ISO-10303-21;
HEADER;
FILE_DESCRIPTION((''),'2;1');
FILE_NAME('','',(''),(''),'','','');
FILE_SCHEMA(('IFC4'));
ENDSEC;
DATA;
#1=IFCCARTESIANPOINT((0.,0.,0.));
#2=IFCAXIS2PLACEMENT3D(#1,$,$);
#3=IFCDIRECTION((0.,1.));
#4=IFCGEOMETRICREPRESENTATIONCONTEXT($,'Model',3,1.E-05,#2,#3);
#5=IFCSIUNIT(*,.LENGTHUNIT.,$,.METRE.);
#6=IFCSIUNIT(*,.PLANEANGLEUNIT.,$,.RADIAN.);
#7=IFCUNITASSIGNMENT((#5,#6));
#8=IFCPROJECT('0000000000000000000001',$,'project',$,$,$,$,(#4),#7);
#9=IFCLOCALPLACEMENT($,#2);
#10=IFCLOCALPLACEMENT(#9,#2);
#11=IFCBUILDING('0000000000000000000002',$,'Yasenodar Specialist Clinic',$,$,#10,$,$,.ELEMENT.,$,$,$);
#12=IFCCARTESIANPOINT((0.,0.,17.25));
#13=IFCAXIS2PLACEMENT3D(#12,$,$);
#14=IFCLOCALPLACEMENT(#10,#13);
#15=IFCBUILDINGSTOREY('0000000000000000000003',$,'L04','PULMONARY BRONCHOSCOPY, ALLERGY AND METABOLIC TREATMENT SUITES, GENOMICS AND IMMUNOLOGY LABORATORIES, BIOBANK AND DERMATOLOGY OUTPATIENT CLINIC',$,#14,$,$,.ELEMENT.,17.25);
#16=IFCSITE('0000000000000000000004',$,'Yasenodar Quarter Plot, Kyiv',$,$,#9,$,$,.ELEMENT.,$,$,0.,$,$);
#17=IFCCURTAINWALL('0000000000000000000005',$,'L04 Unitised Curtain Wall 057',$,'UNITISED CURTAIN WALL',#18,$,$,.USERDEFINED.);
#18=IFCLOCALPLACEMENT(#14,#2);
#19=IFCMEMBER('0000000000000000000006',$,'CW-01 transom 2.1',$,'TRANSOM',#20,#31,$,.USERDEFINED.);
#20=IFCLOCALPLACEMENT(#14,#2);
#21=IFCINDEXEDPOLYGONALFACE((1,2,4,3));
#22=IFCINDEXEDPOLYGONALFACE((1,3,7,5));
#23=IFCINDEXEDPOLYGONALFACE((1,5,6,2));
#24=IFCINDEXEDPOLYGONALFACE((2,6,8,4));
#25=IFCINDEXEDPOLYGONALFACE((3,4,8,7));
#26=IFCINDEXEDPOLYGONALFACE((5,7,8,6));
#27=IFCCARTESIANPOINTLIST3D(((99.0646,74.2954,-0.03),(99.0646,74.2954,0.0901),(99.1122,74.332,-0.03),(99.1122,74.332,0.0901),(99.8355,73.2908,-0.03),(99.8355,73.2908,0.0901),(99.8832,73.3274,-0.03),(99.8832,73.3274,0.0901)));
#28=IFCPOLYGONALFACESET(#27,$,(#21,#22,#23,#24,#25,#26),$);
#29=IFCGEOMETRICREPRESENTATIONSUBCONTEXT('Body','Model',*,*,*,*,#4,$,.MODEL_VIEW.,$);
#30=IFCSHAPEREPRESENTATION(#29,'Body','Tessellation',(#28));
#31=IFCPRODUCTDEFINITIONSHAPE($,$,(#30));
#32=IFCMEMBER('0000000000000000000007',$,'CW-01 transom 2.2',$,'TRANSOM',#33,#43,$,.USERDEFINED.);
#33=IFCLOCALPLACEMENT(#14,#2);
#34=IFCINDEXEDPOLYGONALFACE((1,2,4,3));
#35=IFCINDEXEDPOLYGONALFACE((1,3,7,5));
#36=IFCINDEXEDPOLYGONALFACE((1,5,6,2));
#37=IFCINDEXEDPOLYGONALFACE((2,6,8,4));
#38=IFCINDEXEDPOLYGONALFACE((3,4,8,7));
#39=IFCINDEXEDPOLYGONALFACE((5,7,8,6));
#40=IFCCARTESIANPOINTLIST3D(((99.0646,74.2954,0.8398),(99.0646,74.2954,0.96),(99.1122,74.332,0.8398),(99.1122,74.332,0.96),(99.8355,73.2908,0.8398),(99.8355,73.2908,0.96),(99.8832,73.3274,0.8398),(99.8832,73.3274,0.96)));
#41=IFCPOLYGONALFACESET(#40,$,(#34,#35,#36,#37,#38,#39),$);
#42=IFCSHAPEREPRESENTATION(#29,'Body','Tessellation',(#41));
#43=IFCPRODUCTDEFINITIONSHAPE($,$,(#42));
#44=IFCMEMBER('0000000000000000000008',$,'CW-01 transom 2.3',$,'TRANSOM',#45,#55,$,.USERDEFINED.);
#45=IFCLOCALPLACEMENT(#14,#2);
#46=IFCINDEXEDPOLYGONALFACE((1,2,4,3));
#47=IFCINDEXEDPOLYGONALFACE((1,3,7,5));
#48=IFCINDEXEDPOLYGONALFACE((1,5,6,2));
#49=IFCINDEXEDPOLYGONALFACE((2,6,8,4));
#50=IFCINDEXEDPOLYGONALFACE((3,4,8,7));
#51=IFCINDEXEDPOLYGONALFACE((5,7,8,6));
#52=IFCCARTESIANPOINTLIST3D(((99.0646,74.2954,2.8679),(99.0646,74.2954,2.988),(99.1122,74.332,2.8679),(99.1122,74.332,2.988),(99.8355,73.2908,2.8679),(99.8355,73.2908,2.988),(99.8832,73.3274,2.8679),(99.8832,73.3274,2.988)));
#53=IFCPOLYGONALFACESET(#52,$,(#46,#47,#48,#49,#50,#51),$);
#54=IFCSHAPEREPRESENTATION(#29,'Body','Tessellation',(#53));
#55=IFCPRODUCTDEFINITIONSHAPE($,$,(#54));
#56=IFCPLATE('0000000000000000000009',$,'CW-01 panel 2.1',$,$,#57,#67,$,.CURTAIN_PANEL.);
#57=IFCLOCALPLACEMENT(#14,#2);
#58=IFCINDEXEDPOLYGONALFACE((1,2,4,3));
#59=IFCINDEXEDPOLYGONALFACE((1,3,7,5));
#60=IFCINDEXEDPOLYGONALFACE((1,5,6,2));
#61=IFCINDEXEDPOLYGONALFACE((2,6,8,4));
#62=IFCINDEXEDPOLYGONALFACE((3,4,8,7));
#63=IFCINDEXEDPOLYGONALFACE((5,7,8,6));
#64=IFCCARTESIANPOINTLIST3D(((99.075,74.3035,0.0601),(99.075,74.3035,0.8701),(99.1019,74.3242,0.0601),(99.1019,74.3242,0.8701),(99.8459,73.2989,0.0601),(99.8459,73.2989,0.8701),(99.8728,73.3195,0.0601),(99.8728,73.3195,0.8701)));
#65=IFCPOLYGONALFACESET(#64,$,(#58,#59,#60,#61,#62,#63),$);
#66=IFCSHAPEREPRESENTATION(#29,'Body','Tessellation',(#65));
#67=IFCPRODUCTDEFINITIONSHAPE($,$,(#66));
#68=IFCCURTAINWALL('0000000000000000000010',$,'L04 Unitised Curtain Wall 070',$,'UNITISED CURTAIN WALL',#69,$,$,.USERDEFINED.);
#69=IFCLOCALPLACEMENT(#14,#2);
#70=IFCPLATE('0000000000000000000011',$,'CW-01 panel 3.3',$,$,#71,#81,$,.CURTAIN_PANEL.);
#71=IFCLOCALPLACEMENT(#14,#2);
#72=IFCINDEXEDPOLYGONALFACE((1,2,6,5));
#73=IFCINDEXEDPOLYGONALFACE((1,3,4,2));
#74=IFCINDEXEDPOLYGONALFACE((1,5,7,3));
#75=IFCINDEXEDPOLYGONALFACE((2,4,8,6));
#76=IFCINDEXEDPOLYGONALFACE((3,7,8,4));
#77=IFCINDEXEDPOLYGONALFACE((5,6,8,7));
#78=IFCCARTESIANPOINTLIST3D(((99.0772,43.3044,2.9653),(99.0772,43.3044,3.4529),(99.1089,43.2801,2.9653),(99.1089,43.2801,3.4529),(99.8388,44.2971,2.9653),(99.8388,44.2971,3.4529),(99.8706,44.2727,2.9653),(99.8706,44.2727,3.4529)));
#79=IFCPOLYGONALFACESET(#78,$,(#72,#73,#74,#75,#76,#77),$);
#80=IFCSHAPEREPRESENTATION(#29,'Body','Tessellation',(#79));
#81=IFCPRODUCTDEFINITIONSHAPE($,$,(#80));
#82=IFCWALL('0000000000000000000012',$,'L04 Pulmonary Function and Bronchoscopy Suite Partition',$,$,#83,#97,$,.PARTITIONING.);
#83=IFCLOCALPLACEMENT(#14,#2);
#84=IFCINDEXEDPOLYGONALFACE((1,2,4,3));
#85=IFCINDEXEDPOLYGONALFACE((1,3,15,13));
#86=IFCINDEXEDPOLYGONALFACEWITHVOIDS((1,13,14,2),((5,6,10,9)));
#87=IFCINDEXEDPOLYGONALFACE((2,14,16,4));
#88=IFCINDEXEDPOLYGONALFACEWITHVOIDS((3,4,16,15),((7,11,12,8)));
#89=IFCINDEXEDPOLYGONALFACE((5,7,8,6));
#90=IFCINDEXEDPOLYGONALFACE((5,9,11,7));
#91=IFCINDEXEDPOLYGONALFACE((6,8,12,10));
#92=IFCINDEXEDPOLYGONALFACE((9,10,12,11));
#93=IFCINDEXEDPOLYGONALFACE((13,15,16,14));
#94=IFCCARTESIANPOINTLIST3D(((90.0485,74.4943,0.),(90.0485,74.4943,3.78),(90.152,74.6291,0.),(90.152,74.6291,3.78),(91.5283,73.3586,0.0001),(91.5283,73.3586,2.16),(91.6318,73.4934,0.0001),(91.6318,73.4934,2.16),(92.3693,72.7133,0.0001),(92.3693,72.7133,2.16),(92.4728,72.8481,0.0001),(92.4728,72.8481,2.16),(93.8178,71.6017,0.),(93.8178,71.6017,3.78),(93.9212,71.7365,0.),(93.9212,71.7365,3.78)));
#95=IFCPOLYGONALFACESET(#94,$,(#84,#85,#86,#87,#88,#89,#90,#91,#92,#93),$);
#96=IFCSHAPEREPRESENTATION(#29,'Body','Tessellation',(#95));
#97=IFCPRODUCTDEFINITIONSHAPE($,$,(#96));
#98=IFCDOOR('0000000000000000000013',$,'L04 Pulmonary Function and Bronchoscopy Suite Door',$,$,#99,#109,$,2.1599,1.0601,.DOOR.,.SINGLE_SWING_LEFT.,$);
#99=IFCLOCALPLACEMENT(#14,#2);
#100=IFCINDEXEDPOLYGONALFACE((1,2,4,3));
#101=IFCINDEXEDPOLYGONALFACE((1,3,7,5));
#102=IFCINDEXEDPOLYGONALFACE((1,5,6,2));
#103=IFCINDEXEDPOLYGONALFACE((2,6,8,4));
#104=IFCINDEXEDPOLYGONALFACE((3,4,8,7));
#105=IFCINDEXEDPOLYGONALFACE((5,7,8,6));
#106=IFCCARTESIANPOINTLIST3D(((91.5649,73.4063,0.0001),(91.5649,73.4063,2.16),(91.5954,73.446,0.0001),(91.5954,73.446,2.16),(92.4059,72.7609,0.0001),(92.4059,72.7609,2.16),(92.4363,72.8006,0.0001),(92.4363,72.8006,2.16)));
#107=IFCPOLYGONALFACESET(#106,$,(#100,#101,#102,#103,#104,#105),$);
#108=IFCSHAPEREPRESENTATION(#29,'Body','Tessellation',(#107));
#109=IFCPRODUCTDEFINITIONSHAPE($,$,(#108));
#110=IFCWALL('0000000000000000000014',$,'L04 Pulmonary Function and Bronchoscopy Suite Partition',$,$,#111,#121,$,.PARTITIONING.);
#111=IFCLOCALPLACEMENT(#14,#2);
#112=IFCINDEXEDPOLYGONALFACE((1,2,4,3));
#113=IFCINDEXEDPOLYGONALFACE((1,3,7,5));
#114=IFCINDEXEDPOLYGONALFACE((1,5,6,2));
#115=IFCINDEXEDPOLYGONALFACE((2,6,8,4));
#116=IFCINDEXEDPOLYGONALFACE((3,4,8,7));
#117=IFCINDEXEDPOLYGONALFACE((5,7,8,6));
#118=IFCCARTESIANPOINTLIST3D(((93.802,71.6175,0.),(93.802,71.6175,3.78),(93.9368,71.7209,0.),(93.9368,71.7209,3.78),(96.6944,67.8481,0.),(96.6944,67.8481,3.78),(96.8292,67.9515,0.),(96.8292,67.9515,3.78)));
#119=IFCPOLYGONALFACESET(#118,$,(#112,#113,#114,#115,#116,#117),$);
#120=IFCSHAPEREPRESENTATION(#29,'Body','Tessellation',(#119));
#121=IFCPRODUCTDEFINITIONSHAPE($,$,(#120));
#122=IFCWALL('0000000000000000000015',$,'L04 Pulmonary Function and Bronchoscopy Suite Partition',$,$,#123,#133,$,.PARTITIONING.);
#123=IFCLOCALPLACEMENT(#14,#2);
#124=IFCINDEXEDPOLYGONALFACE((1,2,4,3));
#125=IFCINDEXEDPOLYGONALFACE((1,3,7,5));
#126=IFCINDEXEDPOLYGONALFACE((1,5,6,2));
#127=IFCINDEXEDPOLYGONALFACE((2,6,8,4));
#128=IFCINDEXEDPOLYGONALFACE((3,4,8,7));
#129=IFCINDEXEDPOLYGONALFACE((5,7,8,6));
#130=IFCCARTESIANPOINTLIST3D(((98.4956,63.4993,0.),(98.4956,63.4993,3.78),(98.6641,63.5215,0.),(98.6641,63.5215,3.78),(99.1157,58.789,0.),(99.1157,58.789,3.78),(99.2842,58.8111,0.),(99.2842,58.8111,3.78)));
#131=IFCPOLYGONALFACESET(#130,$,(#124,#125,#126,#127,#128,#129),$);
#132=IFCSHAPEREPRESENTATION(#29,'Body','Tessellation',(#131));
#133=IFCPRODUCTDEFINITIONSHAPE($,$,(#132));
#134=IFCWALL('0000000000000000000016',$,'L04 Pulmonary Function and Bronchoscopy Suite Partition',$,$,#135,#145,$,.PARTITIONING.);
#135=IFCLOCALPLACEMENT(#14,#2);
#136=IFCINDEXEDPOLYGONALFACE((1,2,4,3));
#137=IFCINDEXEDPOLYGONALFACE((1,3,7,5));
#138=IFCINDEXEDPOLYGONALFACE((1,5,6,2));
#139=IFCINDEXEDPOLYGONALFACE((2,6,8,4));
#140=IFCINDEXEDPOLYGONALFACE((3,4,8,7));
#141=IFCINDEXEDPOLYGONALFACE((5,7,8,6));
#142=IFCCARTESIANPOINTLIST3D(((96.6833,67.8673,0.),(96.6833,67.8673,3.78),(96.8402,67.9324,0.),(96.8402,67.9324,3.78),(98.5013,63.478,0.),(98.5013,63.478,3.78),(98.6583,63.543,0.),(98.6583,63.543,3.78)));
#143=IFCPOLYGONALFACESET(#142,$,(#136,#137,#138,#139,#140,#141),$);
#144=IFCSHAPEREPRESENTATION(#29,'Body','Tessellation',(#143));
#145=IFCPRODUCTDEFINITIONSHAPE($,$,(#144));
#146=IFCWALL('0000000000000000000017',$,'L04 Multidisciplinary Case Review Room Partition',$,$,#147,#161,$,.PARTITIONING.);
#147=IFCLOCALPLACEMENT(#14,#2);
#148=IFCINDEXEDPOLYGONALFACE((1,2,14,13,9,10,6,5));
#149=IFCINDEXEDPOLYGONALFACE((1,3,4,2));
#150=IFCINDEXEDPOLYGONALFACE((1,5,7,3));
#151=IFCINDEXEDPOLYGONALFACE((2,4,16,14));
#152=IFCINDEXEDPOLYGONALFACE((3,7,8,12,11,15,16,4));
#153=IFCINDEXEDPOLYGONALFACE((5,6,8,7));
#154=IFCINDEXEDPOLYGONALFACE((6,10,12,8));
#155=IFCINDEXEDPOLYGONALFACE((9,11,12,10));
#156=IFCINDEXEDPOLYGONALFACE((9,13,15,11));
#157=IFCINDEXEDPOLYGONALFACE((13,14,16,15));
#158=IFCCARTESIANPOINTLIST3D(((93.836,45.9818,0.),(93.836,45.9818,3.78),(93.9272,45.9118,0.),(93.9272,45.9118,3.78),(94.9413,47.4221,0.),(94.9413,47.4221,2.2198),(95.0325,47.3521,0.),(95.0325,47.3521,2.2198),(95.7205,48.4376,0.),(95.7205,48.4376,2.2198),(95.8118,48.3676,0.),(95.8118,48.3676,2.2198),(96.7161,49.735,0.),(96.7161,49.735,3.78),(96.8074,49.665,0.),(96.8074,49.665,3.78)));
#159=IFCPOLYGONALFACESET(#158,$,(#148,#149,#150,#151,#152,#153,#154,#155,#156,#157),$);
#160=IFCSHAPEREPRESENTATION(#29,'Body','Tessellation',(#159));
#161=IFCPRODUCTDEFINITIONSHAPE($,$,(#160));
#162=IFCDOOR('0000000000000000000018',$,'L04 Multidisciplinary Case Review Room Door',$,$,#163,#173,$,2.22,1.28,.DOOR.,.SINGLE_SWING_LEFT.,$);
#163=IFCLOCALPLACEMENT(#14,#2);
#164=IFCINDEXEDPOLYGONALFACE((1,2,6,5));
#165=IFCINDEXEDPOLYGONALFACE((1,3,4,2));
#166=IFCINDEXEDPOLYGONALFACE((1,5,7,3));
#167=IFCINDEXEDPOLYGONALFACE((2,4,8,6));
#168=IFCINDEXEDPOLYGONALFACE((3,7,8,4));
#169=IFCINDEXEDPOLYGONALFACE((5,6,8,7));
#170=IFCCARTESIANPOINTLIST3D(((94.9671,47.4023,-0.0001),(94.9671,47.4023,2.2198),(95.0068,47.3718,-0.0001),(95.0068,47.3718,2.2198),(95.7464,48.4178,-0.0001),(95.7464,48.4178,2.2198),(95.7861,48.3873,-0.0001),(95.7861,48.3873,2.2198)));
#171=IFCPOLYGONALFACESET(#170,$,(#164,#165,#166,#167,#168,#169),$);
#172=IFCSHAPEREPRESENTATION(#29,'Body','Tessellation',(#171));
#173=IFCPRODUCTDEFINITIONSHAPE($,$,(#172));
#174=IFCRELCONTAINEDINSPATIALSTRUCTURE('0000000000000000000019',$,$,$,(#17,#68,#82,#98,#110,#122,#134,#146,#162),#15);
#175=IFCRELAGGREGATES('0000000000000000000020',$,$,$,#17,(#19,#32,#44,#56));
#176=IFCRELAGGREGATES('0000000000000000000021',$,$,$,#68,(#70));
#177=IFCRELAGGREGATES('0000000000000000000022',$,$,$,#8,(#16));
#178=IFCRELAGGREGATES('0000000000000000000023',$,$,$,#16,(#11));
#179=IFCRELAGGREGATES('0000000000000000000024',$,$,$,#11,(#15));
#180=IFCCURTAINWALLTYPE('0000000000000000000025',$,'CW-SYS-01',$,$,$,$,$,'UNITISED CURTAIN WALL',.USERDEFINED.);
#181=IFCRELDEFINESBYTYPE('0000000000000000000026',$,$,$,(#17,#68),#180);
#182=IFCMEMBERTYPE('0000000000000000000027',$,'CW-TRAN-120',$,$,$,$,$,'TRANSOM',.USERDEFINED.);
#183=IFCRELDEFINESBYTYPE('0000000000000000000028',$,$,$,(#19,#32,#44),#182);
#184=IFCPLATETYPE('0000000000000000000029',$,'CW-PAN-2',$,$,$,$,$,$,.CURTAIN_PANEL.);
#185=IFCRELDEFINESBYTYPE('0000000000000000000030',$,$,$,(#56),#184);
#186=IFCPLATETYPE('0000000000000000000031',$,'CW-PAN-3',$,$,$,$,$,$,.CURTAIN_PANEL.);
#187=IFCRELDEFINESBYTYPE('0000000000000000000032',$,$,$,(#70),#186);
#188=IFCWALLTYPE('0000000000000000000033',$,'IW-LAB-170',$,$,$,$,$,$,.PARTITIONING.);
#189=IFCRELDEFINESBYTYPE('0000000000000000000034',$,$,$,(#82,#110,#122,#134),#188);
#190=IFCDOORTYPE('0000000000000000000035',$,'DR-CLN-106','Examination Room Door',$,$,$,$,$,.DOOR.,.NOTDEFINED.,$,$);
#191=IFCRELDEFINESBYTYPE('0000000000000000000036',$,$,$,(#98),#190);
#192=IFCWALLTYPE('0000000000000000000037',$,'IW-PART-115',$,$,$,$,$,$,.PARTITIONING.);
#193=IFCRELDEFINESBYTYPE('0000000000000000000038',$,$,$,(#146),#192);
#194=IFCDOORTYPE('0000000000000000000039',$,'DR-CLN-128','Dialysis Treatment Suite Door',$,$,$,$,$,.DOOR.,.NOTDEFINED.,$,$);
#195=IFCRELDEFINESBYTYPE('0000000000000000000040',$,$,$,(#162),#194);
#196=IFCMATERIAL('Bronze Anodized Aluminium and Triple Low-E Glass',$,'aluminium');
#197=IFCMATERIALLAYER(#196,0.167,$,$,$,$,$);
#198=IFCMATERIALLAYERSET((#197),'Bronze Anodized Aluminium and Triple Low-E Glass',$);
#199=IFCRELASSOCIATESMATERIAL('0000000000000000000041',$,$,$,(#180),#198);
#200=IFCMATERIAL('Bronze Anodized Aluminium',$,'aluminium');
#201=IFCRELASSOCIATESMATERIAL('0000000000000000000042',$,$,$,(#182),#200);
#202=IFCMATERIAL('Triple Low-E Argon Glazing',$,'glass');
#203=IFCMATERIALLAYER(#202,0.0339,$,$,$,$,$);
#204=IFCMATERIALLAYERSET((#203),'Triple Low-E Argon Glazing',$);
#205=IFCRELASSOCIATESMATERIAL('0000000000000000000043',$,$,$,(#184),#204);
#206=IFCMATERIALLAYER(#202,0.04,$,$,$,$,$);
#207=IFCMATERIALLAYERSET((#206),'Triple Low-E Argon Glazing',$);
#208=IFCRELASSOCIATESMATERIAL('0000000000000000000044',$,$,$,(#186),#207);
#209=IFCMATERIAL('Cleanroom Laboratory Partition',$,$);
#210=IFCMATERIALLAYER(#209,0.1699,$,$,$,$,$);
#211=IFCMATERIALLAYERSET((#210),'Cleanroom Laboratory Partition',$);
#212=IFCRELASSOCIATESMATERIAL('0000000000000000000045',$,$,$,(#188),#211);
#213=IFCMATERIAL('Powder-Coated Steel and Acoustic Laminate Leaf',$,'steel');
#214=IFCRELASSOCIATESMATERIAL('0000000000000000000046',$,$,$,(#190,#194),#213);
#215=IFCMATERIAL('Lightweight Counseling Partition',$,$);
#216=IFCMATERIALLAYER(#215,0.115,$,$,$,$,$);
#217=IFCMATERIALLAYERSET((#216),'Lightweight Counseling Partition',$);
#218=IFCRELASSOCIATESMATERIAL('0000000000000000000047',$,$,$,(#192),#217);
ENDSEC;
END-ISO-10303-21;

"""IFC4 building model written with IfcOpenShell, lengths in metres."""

from ifc_helpers import new_model, si_unit, direction, frame, frame_2d, origin, origin_2d, place, context, subcontext, project, spatial, rectangle, extrude, material, layer, layer_set, material_profile, profile_set, type_object, element, fill, aggregate, save


model = new_model("IFC4")

# Units and contexts
model_context = context("Model", 3, precision=1e-05, world=origin(), true_north=direction((0.0, 1.0)))
body_context = subcontext(model_context, "Body", "Model", "MODEL_VIEW")
ifc_project = project(units=[si_unit("LENGTHUNIT", "METRE"), si_unit("PLANEANGLEUNIT", "RADIAN")], contexts=[model_context])

# Site, building, storey
site_placement = place(None, origin())
site = spatial("IfcSite", under=ifc_project, at=site_placement, Name="Yasenodar Quarter Plot, Kyiv", CompositionType="ELEMENT", RefElevation=0.0)
building_placement = place(site_placement, origin())
building = spatial("IfcBuilding", under=site, at=building_placement, Name="Yasenodar Specialist Clinic", CompositionType="ELEMENT")
storey_placement = place(building_placement, frame((0.0, 0.0, 17.25)))
storey = spatial("IfcBuildingStorey", under=building, at=storey_placement, Name="L04", Description="PULMONARY BRONCHOSCOPY, ALLERGY AND METABOLIC TREATMENT SUITES, GENOMICS AND IMMUNOLOGY LABORATORIES, BIOBANK AND DERMATOLOGY OUTPATIENT CLINIC", CompositionType="ELEMENT", Elevation=17.25)

# Curtain wall, members, plate
ifc_material_1 = material(Name="Bronze Anodized Aluminium and Triple Low-E Glass", Category="aluminium")
ifc_layer_1 = layer(ifc_material_1, 0.167)
ifc_layer_set_1 = layer_set([ifc_layer_1], Name="Bronze Anodized Aluminium and Triple Low-E Glass")
curtain_wall_type = type_object("IfcCurtainWallType", Name="CW-SYS-01", ElementType="UNITISED CURTAIN WALL", PredefinedType="USERDEFINED", material=ifc_layer_set_1)
curtain_wall_1_placement = place(storey_placement, origin())
curtain_wall_1 = element("IfcCurtainWall", 1, at=curtain_wall_1_placement, inside=storey, type_object=curtain_wall_type, Name="L04 Unitised Curtain Wall 057", ObjectType="UNITISED CURTAIN WALL", PredefinedType="USERDEFINED")
ifc_material_2 = material(Name="Bronze Anodized Aluminium", Category="aluminium")
ifc_material_profile = material_profile(ifc_material_2, rectangle(XDim=0.0601, YDim=0.1201, at=origin_2d()), Name="CW-TRAN 60x120")
ifc_profile_set = profile_set([ifc_material_profile], Name="Bronze Anodized Aluminium")
member_type = type_object("IfcMemberType", Name="CW-TRAN-120", ElementType="TRANSOM", PredefinedType="USERDEFINED", material=ifc_profile_set)
member_1_placement = place(storey_placement, frame((99.0884, 74.3137, 0.03), z_axis=(0.608816, -0.793311, 0.0), x_axis=(0.793311, 0.608816, 0.0)))
member_1 = element("IfcMember", 2, at=member_1_placement, type_object=member_type, Name="CW-01 transom 2.1", ObjectType="TRANSOM", PredefinedType="USERDEFINED", context=body_context, shape_type="SweptSolid", body=[
    extrude(rectangle(XDim=0.0601, YDim=0.1201, at=origin_2d()), origin(), (0.0, 0.0, 1.0), 1.2664),
])
member_2_placement = place(storey_placement, frame((99.0884, 74.3137, 0.8999), z_axis=(0.608816, -0.793311, 0.0), x_axis=(0.793311, 0.608816, 0.0)))
member_2 = element("IfcMember", 3, at=member_2_placement, type_object=member_type, Name="CW-01 transom 2.2", ObjectType="TRANSOM", PredefinedType="USERDEFINED", context=body_context, shape_type="SweptSolid", body=[
    extrude(rectangle(XDim=0.0601, YDim=0.1201, at=origin_2d()), origin(), (0.0, 0.0, 1.0), 1.2664),
])
member_3_placement = place(storey_placement, frame((99.0884, 74.3137, 2.928), z_axis=(0.608816, -0.793311, 0.0), x_axis=(0.793311, 0.608816, 0.0)))
member_3 = element("IfcMember", 4, at=member_3_placement, type_object=member_type, Name="CW-01 transom 2.3", ObjectType="TRANSOM", PredefinedType="USERDEFINED", context=body_context, shape_type="SweptSolid", body=[
    extrude(rectangle(XDim=0.0601, YDim=0.1201, at=origin_2d()), origin(), (0.0, 0.0, 1.0), 1.2664),
])
ifc_material_3 = material(Name="Triple Low-E Argon Glazing", Category="glass")
ifc_layer_2 = layer(ifc_material_3, 0.0339)
ifc_layer_set_2 = layer_set([ifc_layer_2], Name="Triple Low-E Argon Glazing")
plate_type_1 = type_object("IfcPlateType", Name="CW-PAN-2", PredefinedType="CURTAIN_PANEL", material=ifc_layer_set_2)
plate_1_placement = place(storey_placement, frame((99.4739, 73.8115, 0.0601), z_axis=(0.0, 0.0, 1.0), x_axis=(0.608752, -0.793361, 0.0)))
plate_1 = element("IfcPlate", 5, at=plate_1_placement, type_object=plate_type_1, Name="CW-01 panel 2.1", PredefinedType="CURTAIN_PANEL", context=body_context, shape_type="SweptSolid", body=[
    extrude(rectangle(XDim=1.2664, YDim=0.0339, at=origin_2d()), origin(), (0.0, 0.0, 1.0), 0.8101),
])
aggregate(curtain_wall_1, [member_1, member_2, member_3, plate_1])

# Curtain wall, plate
curtain_wall_2_placement = place(storey_placement, origin())
curtain_wall_2 = element("IfcCurtainWall", 6, at=curtain_wall_2_placement, inside=storey, type_object=curtain_wall_type, Name="L04 Unitised Curtain Wall 070", ObjectType="UNITISED CURTAIN WALL", PredefinedType="USERDEFINED")
ifc_layer_3 = layer(ifc_material_3, 0.04)
ifc_layer_set_3 = layer_set([ifc_layer_3], Name="Triple Low-E Argon Glazing")
plate_type_2 = type_object("IfcPlateType", Name="CW-PAN-3", PredefinedType="CURTAIN_PANEL", material=ifc_layer_set_3)
plate_2_placement = place(storey_placement, frame((99.4739, 43.7886, 2.9653), z_axis=(0.0, 0.0, 1.0), x_axis=(-0.608752, -0.793361, 0.0)))
plate_2 = element("IfcPlate", 7, at=plate_2_placement, type_object=plate_type_2, Name="CW-01 panel 3.3", PredefinedType="CURTAIN_PANEL", context=body_context, shape_type="SweptSolid", body=[
    extrude(rectangle(XDim=1.2512, YDim=0.04, at=origin_2d()), origin(), (0.0, 0.0, 1.0), 0.4875),
])
aggregate(curtain_wall_2, [plate_2])

# Wall, opening, door
ifc_material_4 = material(Name="Cleanroom Laboratory Partition")
ifc_layer_4 = layer(ifc_material_4, 0.1699)
ifc_layer_set_4 = layer_set([ifc_layer_4], Name="Cleanroom Laboratory Partition")
wall_type_1 = type_object("IfcWallType", Name="IW-LAB-170", PredefinedType="PARTITIONING", material=ifc_layer_set_4)
wall_1_placement = place(storey_placement, frame((93.8694, 71.6692, 0.0), z_axis=(0.0, 0.0, 1.0), x_axis=(-0.793323, 0.608801, 0.0)))
wall_1 = element("IfcWall", 8, at=wall_1_placement, inside=storey, type_object=wall_type_1, Name="L04 Pulmonary Function and Bronchoscopy Suite Partition", PredefinedType="PARTITIONING", context=body_context, shape_type="SweptSolid", body=[
    extrude(rectangle(XDim=4.7512, YDim=0.1699, at=frame_2d((2.3755, 0.0))), origin(), (0.0, 0.0, 1.0), 3.78),
])
opening_1_placement = place(wall_1_placement, frame((1.8257, 0.0, 0.0)))
opening_1 = element("IfcOpeningElement", 9, at=opening_1_placement, cuts=wall_1, PredefinedType="OPENING", context=body_context, shape_type="SweptSolid", body=[
    extrude(rectangle(XDim=1.0601, YDim=2.1599, at=frame_2d((0.53, 1.0801))), frame((0.0, 0.095, 0.0), z_axis=(0.0, -1.0, 0.0), x_axis=(1.0, 0.0, 0.0)), (0.0, 0.0, 1.0), 0.1899),
])
ifc_material_5 = material(Name="Powder-Coated Steel and Acoustic Laminate Leaf", Category="steel")
door_type_1 = type_object("IfcDoorType", Name="DR-CLN-106", Description="Examination Room Door", OperationType="NOTDEFINED", PredefinedType="DOOR", material=ifc_material_5)
door_1_placement = place(opening_1_placement, origin())
door_1 = element("IfcDoor", 10, at=door_1_placement, inside=storey, type_object=door_type_1, Name="L04 Pulmonary Function and Bronchoscopy Suite Door", OperationType="SINGLE_SWING_LEFT", OverallHeight=2.1599, OverallWidth=1.0601, PredefinedType="DOOR", context=body_context, shape_type="SweptSolid", body=[
    extrude(rectangle(XDim=1.0601, YDim=2.1599, at=frame_2d((0.53, 1.0801))), frame((0.0, 0.0249, 0.0), z_axis=(0.0, -1.0, 0.0), x_axis=(1.0, 0.0, 0.0)), (0.0, 0.0, 1.0), 0.05),
])
fill(opening_1, door_1)

# Walls
wall_2_placement = place(storey_placement, frame((96.7617, 67.8999, 0.0), z_axis=(0.0, 0.0, 1.0), x_axis=(-0.608769, 0.793347, 0.0)))
element("IfcWall", 11, at=wall_2_placement, inside=storey, type_object=wall_type_1, Name="L04 Pulmonary Function and Bronchoscopy Suite Partition", PredefinedType="PARTITIONING", context=body_context, shape_type="SweptSolid", body=[
    extrude(rectangle(XDim=4.7512, YDim=0.1699, at=frame_2d((2.3755, 0.0))), origin(), (0.0, 0.0, 1.0), 3.78),
])
for number, where, z_axis, x_axis, name in (
    (12, (99.2, 58.8, 0.0), (0.0, 0.0, 1.0), (-0.130521, 0.991446, 0.0), "L04 Pulmonary Function and Bronchoscopy Suite Partition"),
    (13, (98.5798, 63.5105, 0.0), (0.0, 0.0, 1.0), (-0.382677, 0.923882, 0.0), "L04 Pulmonary Function and Bronchoscopy Suite Partition"),
):
    element("IfcWall", number, at=place(storey_placement, frame(where, z_axis=z_axis, x_axis=x_axis)), inside=storey, type_object=wall_type_1, Name=name, PredefinedType="PARTITIONING", context=body_context, shape_type="SweptSolid", body=[
        extrude(rectangle(XDim=4.751, YDim=0.1699, at=frame_2d((2.3755, 0.0))), origin(), (0.0, 0.0, 1.0), 3.78),
    ])

# Wall, opening, door
ifc_material_6 = material(Name="Lightweight Counseling Partition")
ifc_layer_5 = layer(ifc_material_6, 0.115)
ifc_layer_set_5 = layer_set([ifc_layer_5], Name="Lightweight Counseling Partition")
wall_type_2 = type_object("IfcWallType", Name="IW-PART-115", PredefinedType="PARTITIONING", material=ifc_layer_set_5)
wall_3_placement = place(storey_placement, frame((93.8816, 45.9468, 0.0), z_axis=(0.0, 0.0, 1.0), x_axis=(0.60879, 0.793331, 0.0)))
wall_3 = element("IfcWall", 14, at=wall_3_placement, inside=storey, type_object=wall_type_2, Name="L04 Multidisciplinary Case Review Room Partition", PredefinedType="PARTITIONING", context=body_context, shape_type="SweptSolid", body=[
    extrude(rectangle(XDim=4.731, YDim=0.115, at=frame_2d((2.3655, 0.0))), origin(), (0.0, 0.0, 1.0), 3.78),
])
opening_2_placement = place(wall_3_placement, frame((1.8154, 0.0, 0.0)))
opening_2 = element("IfcOpeningElement", 15, at=opening_2_placement, cuts=wall_3, PredefinedType="OPENING", context=body_context, shape_type="SweptSolid", body=[
    extrude(rectangle(XDim=1.28, YDim=2.22, at=frame_2d((0.6401, 1.1099))), frame((0.0, 0.0674, 0.0), z_axis=(0.0, -1.0, 0.0), x_axis=(1.0, 0.0, 0.0)), (0.0, 0.0, 1.0), 0.135),
])
door_type_2 = type_object("IfcDoorType", Name="DR-CLN-128", Description="Dialysis Treatment Suite Door", OperationType="NOTDEFINED", PredefinedType="DOOR", material=ifc_material_5)
door_2_placement = place(opening_2_placement, origin())
door_2 = element("IfcDoor", 16, at=door_2_placement, inside=storey, type_object=door_type_2, Name="L04 Multidisciplinary Case Review Room Door", OperationType="SINGLE_SWING_LEFT", OverallHeight=2.22, OverallWidth=1.28, PredefinedType="DOOR", context=body_context, shape_type="SweptSolid", body=[
    extrude(rectangle(XDim=1.28, YDim=2.22, at=frame_2d((0.6401, 1.1099))), frame((0.0, 0.0249, 0.0), z_axis=(0.0, -1.0, 0.0), x_axis=(1.0, 0.0, 0.0)), (0.0, 0.0, 1.0), 0.05),
])
fill(opening_2, door_2)

save(model, "model.ifc")
